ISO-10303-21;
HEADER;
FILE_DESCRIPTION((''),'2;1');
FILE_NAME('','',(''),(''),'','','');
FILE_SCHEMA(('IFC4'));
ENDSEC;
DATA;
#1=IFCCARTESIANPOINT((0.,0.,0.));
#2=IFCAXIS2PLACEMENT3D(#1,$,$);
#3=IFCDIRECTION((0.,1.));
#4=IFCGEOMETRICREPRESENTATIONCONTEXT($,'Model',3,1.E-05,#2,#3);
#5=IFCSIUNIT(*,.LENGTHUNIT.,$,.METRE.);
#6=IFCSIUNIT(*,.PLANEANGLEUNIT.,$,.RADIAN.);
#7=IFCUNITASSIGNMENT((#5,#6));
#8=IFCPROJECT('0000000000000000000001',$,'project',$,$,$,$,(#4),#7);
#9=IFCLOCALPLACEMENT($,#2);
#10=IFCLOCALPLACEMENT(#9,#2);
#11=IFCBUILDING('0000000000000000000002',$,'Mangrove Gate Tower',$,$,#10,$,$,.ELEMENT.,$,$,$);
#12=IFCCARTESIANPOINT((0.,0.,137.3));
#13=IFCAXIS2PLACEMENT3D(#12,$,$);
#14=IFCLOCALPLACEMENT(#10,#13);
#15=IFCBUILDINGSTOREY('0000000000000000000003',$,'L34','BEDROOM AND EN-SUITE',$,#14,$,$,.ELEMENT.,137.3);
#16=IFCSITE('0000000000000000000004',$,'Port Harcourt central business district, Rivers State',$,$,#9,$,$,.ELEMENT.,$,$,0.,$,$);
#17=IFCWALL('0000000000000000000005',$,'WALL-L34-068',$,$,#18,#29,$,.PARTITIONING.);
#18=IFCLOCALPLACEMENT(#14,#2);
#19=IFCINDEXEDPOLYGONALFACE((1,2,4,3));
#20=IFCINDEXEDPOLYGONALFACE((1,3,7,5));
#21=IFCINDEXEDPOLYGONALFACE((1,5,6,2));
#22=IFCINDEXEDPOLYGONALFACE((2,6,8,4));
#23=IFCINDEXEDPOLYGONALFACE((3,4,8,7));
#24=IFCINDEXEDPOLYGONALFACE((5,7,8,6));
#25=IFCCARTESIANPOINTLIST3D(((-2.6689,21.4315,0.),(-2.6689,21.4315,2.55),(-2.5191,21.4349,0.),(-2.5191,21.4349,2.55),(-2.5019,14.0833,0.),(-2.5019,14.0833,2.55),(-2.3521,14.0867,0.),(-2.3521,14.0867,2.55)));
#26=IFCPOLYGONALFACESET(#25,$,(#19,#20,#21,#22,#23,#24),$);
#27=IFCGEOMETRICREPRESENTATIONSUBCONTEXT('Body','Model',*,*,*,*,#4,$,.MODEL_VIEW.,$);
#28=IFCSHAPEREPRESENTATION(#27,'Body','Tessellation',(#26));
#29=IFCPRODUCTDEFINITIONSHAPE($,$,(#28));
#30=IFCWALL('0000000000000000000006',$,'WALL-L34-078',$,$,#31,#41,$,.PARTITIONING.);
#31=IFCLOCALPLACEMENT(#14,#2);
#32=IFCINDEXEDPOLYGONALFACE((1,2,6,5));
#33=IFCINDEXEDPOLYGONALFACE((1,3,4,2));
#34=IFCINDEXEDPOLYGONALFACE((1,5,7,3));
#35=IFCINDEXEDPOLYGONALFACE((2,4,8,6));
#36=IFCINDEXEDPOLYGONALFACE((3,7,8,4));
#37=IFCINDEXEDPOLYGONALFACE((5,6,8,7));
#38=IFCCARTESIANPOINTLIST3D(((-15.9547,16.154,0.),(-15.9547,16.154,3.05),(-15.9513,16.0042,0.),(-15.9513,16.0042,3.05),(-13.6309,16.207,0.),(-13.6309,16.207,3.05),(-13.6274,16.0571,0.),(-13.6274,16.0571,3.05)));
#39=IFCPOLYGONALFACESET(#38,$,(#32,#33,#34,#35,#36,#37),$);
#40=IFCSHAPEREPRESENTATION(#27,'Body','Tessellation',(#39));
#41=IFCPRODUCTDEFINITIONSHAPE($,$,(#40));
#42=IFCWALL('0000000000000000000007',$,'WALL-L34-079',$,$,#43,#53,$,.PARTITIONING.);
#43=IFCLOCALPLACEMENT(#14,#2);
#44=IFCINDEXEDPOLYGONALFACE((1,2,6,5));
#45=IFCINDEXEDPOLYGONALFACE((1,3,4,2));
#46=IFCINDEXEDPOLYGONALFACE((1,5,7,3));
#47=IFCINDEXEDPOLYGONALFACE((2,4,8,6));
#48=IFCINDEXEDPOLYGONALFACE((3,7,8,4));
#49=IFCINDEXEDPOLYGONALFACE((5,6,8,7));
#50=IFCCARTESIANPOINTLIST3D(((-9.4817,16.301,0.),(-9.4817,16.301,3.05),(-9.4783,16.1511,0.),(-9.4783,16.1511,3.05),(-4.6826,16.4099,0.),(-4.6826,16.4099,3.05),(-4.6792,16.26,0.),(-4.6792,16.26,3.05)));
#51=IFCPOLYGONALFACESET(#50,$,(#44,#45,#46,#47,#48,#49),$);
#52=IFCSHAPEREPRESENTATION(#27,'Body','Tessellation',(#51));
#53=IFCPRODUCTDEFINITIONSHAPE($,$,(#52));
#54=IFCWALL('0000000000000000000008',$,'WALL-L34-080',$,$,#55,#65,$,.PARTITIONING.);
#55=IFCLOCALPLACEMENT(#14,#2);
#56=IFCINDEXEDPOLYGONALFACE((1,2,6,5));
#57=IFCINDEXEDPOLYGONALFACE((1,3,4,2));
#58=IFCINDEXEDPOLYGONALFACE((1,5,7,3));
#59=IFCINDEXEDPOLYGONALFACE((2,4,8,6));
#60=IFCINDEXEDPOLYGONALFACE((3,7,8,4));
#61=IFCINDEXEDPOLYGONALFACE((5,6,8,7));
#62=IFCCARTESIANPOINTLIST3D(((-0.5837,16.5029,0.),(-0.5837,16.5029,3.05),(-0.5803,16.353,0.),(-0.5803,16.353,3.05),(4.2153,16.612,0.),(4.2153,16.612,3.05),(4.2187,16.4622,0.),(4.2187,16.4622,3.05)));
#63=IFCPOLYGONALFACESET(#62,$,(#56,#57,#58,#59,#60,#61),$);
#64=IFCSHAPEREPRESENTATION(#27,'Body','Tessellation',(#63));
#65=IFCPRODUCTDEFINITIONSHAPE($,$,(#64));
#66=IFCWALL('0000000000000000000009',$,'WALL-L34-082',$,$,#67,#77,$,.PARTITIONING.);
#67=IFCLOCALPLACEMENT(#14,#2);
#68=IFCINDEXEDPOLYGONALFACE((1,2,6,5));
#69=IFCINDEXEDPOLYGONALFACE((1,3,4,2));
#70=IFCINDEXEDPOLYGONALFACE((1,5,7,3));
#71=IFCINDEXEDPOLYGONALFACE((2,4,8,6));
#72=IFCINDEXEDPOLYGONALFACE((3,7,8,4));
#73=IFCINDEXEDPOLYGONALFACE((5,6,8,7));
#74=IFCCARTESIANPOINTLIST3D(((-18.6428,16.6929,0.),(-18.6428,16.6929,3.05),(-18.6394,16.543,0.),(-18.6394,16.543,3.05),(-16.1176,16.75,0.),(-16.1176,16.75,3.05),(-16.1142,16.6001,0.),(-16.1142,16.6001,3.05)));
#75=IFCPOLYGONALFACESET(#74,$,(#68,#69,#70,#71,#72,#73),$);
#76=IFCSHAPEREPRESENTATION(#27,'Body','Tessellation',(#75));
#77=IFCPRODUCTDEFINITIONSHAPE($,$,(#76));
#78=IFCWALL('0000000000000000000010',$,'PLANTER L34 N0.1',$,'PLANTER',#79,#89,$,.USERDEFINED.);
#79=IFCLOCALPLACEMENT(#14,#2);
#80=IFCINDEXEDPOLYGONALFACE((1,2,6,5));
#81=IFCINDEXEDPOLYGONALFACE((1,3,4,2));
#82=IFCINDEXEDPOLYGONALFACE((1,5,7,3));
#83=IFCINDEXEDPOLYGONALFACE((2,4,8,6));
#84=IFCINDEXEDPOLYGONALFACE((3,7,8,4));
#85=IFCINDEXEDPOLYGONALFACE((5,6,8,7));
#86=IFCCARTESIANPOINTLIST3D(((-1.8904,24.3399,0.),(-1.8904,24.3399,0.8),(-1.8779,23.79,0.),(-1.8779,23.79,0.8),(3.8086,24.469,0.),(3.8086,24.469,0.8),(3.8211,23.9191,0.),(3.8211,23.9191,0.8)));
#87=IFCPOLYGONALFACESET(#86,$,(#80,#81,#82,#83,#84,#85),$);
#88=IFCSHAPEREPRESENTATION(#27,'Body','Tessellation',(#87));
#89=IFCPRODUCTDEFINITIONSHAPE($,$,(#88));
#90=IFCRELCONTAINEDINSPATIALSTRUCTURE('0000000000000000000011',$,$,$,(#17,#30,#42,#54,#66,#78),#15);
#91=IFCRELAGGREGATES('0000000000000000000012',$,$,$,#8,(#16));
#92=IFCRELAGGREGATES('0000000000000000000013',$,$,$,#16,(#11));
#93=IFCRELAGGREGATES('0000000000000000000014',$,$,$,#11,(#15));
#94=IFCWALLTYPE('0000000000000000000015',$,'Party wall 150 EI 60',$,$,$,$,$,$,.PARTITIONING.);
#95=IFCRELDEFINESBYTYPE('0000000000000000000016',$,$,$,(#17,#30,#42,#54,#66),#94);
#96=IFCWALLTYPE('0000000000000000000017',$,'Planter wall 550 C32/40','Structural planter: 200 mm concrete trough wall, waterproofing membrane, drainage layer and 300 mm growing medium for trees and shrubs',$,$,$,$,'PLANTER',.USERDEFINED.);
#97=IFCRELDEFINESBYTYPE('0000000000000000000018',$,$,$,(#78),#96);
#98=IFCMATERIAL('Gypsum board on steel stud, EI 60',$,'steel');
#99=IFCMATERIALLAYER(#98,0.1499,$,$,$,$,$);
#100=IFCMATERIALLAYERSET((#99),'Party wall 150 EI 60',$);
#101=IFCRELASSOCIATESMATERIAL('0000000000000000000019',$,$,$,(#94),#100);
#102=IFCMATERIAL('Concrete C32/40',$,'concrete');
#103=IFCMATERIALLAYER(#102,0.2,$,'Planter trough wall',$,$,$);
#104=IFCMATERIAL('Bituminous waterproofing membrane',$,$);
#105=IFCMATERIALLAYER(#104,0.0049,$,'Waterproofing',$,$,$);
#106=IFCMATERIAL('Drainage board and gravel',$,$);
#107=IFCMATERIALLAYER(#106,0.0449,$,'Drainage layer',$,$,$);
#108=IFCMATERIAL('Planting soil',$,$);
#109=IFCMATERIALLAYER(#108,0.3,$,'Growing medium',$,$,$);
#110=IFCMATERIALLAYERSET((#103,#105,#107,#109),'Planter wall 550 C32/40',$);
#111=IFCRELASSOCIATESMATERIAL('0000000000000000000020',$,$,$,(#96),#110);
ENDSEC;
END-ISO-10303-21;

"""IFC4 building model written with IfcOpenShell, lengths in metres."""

from ifc_helpers import new_model, si_unit, direction, frame, frame_2d, origin, place, context, subcontext, project, spatial, rectangle, extrude, material, layer, layer_set, type_object, element, save


model = new_model("IFC4")

# Units and contexts
model_context = context("Model", 3, precision=1e-05, world=origin(), true_north=direction((0.0, 1.0)))
body_context = subcontext(model_context, "Body", "Model", "MODEL_VIEW")
ifc_project = project(units=[si_unit("LENGTHUNIT", "METRE"), si_unit("PLANEANGLEUNIT", "RADIAN")], contexts=[model_context])

# Site, building, storey
site_placement = place(None, origin())
site = spatial("IfcSite", under=ifc_project, at=site_placement, Name="Port Harcourt central business district, Rivers State", CompositionType="ELEMENT", RefElevation=0.0)
building_placement = place(site_placement, origin())
building = spatial("IfcBuilding", under=site, at=building_placement, Name="Mangrove Gate Tower", CompositionType="ELEMENT")
storey_placement = place(building_placement, frame((0.0, 0.0, 137.3)))
storey = spatial("IfcBuildingStorey", under=building, at=storey_placement, Name="L34", Description="BEDROOM AND EN-SUITE", CompositionType="ELEMENT", Elevation=137.3)

# Shared definitions
ifc_material_1 = material(Name="Gypsum board on steel stud, EI 60", Category="steel")
ifc_layer_1 = layer(ifc_material_1, 0.1499)
ifc_layer_set_1 = layer_set([ifc_layer_1], Name="Party wall 150 EI 60")
wall_type_1 = type_object("IfcWallType", Name="Party wall 150 EI 60", PredefinedType="PARTITIONING", material=ifc_layer_set_1)

# Walls
wall_1_placement = place(storey_placement, frame((-2.427, 14.085, 0.0), z_axis=(0.0, 0.0, 1.0), x_axis=(-0.02272, 0.999742, 0.0)))
element("IfcWall", 1, at=wall_1_placement, inside=storey, type_object=wall_type_1, Name="WALL-L34-068", PredefinedType="PARTITIONING", context=body_context, shape_type="SweptSolid", body=[
    extrude(rectangle(XDim=7.3501, YDim=0.1499, at=frame_2d((3.675, 0.0))), origin(), (0.0, 0.0, 1.0), 2.55),
])
wall_2_placement = place(storey_placement, frame((-15.9529, 16.0791, 0.0), z_axis=(0.0, 0.0, 1.0), x_axis=(0.99974, 0.022791, 0.0)))
element("IfcWall", 2, at=wall_2_placement, inside=storey, type_object=wall_type_1, Name="WALL-L34-078", PredefinedType="PARTITIONING", context=body_context, shape_type="SweptSolid", body=[
    extrude(rectangle(XDim=2.3245, YDim=0.1499, at=frame_2d((1.1621, 0.0))), origin(), (0.0, 0.0, 1.0), 3.05),
])
for number, where, z_axis, x_axis, name in (
    (3, (-9.48, 16.2261, 0.0), (0.0, 0.0, 1.0), (0.999743, 0.022683, 0.0), "WALL-L34-079"),
    (4, (-0.582, 16.428, 0.0), (0.0, 0.0, 1.0), (0.999742, 0.022734, 0.0), "WALL-L34-080"),
):
    element("IfcWall", number, at=place(storey_placement, frame(where, z_axis=z_axis, x_axis=x_axis)), inside=storey, type_object=wall_type_1, Name=name, PredefinedType="PARTITIONING", context=body_context, shape_type="SweptSolid", body=[
        extrude(rectangle(XDim=4.8003, YDim=0.1499, at=frame_2d((2.4001, 0.0))), origin(), (0.0, 0.0, 1.0), 3.05),
    ])
wall_3_placement = place(storey_placement, frame((-18.6411, 16.6179, 0.0), z_axis=(0.0, 0.0, 1.0), x_axis=(0.999744, 0.022618, 0.0)))
element("IfcWall", 5, at=wall_3_placement, inside=storey, type_object=wall_type_1, Name="WALL-L34-082", PredefinedType="PARTITIONING", context=body_context, shape_type="SweptSolid", body=[
    extrude(rectangle(XDim=2.5259, YDim=0.1499, at=frame_2d((1.2629, 0.0))), origin(), (0.0, 0.0, 1.0), 3.05),
])
ifc_material_2 = material(Name="Concrete C32/40", Category="concrete")
ifc_layer_2 = layer(ifc_material_2, 0.2, Name="Planter trough wall")
ifc_material_3 = material(Name="Bituminous waterproofing membrane")
ifc_layer_3 = layer(ifc_material_3, 0.0049, Name="Waterproofing")
ifc_material_4 = material(Name="Drainage board and gravel")
ifc_layer_4 = layer(ifc_material_4, 0.0449, Name="Drainage layer")
ifc_material_5 = material(Name="Planting soil")
ifc_layer_5 = layer(ifc_material_5, 0.3, Name="Growing medium")
ifc_layer_set_2 = layer_set([ifc_layer_2, ifc_layer_3, ifc_layer_4, ifc_layer_5], Name="Planter wall 550 C32/40")
wall_type_2 = type_object("IfcWallType", Name="Planter wall 550 C32/40", Description="Structural planter: 200 mm concrete trough wall, waterproofing membrane, drainage layer and 300 mm growing medium for trees and shrubs", ElementType="PLANTER", PredefinedType="USERDEFINED", material=ifc_layer_set_2)
wall_4_placement = place(storey_placement, frame((-1.884, 24.0649, 0.0), z_axis=(0.0, 0.0, 1.0), x_axis=(0.999743, 0.022656, 0.0)))
element("IfcWall", 6, at=wall_4_placement, inside=storey, type_object=wall_type_2, Name="PLANTER L34 N0.1", ObjectType="PLANTER", PredefinedType="USERDEFINED", context=body_context, shape_type="SweptSolid", body=[
    extrude(rectangle(XDim=5.7004, YDim=0.55, at=frame_2d((2.8501, 0.0))), origin(), (0.0, 0.0, 1.0), 0.8),
])

save(model, "model.ifc")
